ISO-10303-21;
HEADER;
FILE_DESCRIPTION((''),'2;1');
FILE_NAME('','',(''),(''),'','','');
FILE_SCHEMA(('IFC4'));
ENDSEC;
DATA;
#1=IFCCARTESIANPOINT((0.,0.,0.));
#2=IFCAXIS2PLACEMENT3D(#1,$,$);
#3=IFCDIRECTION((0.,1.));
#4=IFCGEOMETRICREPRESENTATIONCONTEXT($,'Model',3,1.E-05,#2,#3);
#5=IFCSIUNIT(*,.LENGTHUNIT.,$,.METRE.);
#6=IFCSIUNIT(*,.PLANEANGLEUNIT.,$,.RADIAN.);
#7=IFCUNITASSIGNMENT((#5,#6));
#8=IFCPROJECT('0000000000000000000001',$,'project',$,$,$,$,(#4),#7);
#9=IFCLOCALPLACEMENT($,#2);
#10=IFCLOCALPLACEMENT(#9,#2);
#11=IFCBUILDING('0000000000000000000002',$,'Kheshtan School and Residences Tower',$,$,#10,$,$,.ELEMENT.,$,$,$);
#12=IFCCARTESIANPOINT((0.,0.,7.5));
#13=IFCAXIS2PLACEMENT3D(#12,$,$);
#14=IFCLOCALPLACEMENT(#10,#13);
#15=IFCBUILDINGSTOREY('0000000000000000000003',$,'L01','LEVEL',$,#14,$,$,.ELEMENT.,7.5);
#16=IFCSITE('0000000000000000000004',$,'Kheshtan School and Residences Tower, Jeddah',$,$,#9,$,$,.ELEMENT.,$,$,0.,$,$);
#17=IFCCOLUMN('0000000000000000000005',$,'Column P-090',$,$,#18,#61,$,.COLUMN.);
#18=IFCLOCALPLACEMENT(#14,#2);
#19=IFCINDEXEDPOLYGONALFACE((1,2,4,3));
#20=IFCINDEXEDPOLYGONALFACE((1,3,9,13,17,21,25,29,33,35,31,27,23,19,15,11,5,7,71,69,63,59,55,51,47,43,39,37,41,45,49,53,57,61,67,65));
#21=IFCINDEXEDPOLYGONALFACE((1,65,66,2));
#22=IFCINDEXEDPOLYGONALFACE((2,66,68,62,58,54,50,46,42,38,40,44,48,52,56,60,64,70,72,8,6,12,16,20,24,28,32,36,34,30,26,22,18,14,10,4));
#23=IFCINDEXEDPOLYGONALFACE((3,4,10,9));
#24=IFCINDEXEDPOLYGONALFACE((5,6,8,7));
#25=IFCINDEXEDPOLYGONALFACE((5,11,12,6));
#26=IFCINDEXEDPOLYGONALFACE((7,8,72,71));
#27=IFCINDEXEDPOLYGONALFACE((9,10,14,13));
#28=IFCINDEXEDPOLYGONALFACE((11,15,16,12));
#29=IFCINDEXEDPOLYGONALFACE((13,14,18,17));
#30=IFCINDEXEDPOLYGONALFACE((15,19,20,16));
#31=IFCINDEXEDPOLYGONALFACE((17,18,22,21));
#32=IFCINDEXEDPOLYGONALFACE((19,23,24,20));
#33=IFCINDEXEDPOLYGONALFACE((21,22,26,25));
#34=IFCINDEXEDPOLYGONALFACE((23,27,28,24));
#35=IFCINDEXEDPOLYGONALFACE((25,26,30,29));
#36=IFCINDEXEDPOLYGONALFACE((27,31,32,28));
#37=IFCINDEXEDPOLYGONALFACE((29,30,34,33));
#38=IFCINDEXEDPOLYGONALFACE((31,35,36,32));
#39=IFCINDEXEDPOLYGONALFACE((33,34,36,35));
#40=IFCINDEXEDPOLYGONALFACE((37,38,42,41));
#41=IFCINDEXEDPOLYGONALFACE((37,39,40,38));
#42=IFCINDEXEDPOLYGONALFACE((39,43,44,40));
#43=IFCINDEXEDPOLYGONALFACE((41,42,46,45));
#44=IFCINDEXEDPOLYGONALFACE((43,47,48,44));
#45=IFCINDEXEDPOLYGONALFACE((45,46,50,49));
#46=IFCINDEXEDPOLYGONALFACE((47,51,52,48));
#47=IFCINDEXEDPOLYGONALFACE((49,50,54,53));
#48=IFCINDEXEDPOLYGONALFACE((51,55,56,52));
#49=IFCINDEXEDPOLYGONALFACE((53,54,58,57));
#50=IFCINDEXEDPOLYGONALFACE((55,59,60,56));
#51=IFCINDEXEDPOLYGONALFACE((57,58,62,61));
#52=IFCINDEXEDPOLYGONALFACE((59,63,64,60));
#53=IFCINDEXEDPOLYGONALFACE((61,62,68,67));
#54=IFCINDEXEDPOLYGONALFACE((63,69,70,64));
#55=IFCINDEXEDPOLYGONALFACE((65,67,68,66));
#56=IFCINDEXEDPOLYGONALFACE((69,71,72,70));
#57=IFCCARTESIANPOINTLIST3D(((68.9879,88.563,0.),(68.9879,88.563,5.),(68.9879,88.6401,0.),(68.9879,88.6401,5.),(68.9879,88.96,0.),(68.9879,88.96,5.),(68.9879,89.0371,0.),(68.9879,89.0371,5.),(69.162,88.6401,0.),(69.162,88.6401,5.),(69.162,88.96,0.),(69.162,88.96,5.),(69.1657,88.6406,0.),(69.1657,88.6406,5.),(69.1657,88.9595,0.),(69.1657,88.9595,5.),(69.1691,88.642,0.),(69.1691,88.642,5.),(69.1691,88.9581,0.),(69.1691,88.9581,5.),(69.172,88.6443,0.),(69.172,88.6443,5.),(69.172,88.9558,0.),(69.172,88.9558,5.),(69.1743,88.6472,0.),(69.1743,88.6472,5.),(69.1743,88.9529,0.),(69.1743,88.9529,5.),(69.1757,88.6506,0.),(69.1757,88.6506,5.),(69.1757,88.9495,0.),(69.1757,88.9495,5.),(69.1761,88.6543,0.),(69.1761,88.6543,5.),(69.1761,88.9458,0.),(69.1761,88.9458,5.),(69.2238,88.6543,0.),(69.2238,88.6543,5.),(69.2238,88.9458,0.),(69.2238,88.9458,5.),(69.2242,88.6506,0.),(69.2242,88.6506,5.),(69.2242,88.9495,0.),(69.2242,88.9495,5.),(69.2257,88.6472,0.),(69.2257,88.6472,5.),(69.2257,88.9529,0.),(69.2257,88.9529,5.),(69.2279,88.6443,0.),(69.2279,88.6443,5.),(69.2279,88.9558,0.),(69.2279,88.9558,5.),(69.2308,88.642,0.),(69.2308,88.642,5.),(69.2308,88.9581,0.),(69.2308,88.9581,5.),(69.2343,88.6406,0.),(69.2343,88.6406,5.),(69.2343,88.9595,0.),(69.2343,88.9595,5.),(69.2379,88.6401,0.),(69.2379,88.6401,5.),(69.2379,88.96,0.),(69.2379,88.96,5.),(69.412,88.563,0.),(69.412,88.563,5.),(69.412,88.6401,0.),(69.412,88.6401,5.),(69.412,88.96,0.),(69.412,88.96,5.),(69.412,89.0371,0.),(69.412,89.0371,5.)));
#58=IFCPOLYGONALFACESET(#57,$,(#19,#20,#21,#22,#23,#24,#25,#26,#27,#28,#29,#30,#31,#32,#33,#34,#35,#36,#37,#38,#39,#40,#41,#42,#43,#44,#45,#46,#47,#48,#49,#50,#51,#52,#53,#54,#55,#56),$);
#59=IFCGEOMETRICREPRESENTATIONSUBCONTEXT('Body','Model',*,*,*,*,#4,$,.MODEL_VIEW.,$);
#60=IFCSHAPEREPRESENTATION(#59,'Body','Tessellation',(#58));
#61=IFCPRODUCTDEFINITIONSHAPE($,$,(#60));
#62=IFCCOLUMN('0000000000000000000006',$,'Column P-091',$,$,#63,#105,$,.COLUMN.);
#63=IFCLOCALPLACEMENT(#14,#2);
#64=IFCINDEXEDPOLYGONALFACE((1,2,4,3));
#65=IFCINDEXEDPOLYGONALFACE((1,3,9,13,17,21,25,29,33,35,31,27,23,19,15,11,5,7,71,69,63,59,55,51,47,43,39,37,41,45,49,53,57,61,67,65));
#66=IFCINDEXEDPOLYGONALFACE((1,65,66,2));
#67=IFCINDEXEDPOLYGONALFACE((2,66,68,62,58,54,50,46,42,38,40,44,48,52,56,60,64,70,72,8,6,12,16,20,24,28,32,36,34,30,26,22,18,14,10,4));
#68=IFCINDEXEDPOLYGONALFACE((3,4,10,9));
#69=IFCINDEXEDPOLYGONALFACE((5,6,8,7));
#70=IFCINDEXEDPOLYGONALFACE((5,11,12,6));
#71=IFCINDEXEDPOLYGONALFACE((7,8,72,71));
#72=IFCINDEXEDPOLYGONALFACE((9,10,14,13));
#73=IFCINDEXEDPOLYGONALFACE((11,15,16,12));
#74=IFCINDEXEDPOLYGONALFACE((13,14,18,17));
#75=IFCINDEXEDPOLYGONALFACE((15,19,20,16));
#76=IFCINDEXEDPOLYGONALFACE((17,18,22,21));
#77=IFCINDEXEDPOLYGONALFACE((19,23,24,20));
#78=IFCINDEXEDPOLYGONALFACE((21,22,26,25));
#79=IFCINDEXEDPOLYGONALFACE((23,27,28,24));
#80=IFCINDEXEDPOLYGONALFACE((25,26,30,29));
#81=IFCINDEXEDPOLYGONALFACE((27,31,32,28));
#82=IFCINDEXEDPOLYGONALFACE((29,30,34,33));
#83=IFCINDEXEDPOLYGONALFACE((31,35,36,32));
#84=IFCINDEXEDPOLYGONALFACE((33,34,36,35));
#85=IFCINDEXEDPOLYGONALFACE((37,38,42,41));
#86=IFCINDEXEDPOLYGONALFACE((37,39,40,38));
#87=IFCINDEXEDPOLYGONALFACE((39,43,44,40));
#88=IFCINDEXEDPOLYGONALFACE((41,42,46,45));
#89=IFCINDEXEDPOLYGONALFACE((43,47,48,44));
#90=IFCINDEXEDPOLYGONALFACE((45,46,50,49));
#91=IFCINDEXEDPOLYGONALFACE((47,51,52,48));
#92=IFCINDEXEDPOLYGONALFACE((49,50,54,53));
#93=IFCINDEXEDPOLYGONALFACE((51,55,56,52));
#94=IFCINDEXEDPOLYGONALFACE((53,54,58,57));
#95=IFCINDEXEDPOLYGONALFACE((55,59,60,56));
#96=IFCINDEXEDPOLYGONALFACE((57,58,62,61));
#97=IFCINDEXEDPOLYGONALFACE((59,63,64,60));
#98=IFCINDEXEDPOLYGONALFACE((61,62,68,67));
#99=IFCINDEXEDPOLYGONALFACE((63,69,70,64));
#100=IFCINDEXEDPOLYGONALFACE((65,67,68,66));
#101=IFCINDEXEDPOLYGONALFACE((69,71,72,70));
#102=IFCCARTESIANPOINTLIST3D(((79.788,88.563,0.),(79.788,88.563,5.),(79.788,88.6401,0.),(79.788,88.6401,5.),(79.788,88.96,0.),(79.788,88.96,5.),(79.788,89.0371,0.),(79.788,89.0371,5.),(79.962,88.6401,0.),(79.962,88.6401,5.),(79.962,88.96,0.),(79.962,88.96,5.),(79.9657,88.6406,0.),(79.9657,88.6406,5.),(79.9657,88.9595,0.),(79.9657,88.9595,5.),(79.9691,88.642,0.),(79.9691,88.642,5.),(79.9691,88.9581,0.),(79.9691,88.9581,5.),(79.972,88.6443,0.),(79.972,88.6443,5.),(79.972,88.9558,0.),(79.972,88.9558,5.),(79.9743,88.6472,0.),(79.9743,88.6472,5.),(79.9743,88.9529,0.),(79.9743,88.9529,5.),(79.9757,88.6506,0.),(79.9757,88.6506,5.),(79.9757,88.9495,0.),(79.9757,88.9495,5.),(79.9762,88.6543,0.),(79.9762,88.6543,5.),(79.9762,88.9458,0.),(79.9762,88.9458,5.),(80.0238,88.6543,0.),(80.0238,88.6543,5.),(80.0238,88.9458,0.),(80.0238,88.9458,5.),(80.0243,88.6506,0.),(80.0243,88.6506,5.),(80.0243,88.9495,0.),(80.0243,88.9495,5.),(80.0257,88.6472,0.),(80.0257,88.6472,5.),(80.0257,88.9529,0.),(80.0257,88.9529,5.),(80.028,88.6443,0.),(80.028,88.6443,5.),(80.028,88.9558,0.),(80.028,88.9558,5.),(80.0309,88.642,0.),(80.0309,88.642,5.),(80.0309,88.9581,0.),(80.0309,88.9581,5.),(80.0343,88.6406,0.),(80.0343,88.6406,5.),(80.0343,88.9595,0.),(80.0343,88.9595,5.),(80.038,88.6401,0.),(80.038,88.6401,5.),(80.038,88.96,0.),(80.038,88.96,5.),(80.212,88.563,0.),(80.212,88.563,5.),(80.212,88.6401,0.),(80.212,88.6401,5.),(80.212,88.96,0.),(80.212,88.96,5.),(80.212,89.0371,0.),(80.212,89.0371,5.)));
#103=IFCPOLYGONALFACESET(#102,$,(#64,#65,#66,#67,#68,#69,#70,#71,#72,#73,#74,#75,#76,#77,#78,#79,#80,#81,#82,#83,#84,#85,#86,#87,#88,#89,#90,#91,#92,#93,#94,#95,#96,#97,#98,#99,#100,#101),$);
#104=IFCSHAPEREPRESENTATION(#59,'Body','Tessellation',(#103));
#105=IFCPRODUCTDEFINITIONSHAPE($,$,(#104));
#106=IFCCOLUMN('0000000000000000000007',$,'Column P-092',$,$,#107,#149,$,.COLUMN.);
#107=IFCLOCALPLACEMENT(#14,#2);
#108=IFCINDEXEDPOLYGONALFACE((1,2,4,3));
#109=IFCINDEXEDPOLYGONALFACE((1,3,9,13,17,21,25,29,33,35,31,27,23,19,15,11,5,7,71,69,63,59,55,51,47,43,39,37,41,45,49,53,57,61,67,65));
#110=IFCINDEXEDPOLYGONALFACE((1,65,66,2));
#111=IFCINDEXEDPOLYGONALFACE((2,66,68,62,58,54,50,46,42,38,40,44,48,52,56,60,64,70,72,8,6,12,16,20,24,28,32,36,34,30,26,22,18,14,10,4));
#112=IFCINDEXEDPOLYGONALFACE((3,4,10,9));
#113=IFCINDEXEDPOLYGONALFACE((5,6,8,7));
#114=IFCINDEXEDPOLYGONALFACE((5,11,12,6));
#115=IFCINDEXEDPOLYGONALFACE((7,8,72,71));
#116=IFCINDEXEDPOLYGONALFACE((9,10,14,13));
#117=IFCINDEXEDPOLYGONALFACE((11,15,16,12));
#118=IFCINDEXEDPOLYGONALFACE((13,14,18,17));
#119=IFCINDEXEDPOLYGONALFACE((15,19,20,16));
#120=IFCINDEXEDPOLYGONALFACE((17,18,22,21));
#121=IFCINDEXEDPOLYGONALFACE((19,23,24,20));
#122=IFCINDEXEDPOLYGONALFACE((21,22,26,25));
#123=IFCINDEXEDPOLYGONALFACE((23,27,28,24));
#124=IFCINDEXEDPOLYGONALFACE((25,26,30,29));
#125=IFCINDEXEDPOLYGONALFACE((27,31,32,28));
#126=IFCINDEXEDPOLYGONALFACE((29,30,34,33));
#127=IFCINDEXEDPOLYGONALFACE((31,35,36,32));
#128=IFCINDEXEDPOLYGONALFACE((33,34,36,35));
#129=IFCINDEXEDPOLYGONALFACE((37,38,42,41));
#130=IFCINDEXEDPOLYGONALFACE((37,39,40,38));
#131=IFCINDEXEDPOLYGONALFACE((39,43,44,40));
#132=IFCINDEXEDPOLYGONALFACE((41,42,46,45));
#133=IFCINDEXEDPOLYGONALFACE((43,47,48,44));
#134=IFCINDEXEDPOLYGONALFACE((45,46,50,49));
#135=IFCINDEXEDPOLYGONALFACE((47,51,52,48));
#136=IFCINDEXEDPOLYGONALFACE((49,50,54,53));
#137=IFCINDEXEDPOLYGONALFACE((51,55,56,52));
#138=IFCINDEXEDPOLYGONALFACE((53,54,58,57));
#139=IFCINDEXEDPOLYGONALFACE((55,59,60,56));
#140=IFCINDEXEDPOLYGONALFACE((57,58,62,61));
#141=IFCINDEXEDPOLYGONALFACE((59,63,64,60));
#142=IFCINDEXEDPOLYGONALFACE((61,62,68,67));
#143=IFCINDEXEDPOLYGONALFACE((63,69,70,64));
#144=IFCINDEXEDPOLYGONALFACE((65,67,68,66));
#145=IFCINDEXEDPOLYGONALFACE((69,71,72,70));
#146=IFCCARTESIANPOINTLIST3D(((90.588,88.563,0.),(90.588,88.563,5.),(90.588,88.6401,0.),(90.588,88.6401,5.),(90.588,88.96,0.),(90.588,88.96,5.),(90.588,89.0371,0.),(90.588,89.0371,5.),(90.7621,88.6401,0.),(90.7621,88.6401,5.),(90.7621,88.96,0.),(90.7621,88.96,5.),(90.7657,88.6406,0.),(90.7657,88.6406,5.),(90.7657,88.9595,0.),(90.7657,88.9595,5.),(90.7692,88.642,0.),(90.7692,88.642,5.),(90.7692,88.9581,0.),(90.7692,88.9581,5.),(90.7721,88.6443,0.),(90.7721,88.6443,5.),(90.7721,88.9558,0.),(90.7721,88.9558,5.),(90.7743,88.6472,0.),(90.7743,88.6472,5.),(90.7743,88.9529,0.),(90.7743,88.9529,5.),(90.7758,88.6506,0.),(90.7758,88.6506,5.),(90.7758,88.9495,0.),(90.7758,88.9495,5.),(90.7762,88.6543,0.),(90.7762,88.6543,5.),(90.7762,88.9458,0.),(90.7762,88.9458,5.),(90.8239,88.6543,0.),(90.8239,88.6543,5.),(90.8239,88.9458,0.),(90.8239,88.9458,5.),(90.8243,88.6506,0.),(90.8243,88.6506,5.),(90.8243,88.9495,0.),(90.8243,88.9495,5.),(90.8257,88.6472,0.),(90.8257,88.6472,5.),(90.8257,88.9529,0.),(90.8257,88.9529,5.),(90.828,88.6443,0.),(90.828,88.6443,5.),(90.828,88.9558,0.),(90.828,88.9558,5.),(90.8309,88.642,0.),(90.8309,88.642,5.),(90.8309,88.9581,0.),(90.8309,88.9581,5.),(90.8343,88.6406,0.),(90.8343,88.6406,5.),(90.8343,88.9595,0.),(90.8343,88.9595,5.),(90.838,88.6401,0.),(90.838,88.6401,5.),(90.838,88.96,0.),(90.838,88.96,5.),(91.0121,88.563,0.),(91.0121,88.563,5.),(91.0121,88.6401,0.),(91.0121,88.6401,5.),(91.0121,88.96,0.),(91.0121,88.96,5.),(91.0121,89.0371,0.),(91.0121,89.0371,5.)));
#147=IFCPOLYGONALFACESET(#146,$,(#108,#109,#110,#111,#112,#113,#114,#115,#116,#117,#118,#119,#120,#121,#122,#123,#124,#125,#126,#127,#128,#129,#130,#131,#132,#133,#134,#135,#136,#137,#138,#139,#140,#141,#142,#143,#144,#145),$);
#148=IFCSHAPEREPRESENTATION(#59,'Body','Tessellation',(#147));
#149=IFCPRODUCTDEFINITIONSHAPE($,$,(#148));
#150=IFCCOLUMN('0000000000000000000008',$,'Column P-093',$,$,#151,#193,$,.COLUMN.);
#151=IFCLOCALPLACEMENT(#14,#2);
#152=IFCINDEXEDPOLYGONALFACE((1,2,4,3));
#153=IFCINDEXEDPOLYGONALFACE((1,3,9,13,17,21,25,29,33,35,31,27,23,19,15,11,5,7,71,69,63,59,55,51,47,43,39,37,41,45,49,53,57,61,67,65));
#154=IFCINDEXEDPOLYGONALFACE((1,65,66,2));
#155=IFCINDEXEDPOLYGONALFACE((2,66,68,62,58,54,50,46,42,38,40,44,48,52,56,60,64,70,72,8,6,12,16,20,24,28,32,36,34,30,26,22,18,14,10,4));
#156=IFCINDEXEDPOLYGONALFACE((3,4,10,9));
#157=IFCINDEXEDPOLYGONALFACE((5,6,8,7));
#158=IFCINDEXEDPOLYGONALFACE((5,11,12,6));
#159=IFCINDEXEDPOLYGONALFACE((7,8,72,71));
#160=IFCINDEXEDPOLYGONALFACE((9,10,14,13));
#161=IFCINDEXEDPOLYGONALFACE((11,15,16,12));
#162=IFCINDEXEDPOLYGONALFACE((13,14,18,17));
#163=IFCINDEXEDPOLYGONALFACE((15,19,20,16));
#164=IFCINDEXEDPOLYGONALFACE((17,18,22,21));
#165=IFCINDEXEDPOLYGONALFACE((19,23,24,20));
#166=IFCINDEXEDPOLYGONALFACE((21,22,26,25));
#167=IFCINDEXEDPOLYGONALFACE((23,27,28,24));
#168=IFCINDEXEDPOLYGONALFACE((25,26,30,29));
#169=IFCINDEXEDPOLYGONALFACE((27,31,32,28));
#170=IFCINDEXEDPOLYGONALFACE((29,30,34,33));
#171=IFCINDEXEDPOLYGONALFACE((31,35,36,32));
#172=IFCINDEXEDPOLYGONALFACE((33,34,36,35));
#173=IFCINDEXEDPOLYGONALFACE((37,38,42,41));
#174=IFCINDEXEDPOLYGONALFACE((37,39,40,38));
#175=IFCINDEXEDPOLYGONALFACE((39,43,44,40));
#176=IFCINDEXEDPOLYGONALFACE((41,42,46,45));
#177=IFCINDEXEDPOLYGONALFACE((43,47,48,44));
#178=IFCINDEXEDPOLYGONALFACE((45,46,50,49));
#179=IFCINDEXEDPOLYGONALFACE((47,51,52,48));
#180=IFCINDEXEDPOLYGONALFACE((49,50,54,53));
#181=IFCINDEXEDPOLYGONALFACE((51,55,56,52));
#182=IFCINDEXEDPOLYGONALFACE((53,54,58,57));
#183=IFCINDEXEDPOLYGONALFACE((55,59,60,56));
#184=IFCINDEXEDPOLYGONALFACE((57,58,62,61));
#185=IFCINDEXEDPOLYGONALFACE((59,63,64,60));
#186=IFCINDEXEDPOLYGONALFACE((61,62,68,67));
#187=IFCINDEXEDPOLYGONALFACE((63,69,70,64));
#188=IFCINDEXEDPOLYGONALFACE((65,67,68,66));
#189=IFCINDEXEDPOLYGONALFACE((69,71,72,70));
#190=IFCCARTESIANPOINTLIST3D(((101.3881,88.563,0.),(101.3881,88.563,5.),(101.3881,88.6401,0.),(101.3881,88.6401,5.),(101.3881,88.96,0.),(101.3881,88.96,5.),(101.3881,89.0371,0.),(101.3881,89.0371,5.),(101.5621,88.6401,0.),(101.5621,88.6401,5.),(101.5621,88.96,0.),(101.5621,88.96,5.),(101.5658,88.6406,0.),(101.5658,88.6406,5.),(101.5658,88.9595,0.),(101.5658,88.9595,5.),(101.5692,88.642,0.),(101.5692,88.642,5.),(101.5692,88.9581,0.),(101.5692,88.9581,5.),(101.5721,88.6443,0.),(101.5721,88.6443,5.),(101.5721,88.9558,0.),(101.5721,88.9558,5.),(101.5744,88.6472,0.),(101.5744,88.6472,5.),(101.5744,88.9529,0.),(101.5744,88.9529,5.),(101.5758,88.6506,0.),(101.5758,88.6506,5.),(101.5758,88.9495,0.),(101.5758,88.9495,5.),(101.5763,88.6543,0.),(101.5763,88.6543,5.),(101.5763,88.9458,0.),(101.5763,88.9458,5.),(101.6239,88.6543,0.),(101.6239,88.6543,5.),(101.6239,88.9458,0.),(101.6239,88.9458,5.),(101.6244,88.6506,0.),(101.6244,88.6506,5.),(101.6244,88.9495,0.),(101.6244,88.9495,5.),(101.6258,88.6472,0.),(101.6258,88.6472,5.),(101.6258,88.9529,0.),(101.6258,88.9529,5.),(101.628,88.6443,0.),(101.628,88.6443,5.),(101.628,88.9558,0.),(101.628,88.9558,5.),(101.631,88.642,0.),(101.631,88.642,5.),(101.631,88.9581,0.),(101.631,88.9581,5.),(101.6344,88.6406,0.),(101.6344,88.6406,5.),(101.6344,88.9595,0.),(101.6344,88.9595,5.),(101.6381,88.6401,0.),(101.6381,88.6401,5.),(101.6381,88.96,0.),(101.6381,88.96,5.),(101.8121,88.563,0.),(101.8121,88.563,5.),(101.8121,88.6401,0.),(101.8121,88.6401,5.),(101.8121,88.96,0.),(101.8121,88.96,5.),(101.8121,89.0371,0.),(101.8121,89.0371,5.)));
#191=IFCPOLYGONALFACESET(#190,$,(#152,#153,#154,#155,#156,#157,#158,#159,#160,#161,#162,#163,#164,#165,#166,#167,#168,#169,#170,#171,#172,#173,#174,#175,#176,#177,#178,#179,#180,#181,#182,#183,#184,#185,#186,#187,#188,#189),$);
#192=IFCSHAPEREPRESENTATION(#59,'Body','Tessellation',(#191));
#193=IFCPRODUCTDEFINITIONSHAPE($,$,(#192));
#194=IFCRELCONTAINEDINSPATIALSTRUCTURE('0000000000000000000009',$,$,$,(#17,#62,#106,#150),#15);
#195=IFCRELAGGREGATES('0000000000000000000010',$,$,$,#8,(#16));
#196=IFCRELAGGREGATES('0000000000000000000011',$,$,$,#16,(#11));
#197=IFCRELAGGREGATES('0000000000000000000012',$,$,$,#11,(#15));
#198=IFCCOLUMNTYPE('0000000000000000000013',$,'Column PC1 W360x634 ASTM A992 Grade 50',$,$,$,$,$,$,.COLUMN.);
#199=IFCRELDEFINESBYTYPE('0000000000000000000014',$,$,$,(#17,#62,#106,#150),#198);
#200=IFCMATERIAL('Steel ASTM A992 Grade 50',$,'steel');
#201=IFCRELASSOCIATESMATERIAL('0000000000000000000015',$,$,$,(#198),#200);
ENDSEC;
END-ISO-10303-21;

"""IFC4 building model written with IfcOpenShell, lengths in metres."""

from ifc_helpers import new_model, si_unit, direction, frame, origin, origin_2d, place, context, subcontext, project, spatial, i_section, extrude, material, material_profile, profile_set, type_object, element, save


model = new_model("IFC4")

# Units and contexts
model_context = context("Model", 3, precision=1e-05, world=origin(), true_north=direction((0.0, 1.0)))
body_context = subcontext(model_context, "Body", "Model", "MODEL_VIEW")
ifc_project = project(units=[si_unit("LENGTHUNIT", "METRE"), si_unit("PLANEANGLEUNIT", "RADIAN")], contexts=[model_context])

# Site, building, storey
site_placement = place(None, origin())
site = spatial("IfcSite", under=ifc_project, at=site_placement, Name="Kheshtan School and Residences Tower, Jeddah", CompositionType="ELEMENT", RefElevation=0.0)
building_placement = place(site_placement, origin())
building = spatial("IfcBuilding", under=site, at=building_placement, Name="Kheshtan School and Residences Tower", CompositionType="ELEMENT")
storey_placement = place(building_placement, frame((0.0, 0.0, 7.5)))
storey = spatial("IfcBuildingStorey", under=building, at=storey_placement, Name="L01", Description="LEVEL", CompositionType="ELEMENT", Elevation=7.5)

# Columns
ifc_material_1 = material(Name="Steel ASTM A992 Grade 50", Category="steel")
ifc_material_profile_1 = material_profile(ifc_material_1, i_section(OverallWidth=0.4241, OverallDepth=0.4741, WebThickness=0.0476, FlangeThickness=0.0771, FilletRadius=0.0142, at=origin_2d()), Name="W360x634")
ifc_profile_set_1 = profile_set([ifc_material_profile_1], Name="Steel ASTM A992 Grade 50")
column_type = type_object("IfcColumnType", Name="Column PC1 W360x634 ASTM A992 Grade 50", PredefinedType="COLUMN", material=ifc_profile_set_1)
for number, where, z_axis, x_axis, name in (
    (1, (69.2, 88.8, 0.0), (0.0, 0.0, 1.0), (1.0, 0.0, 0.0), "Column P-090"),
    (2, (80.0, 88.8, 0.0), (0.0, 0.0, 1.0), (1.0, 0.0, 0.0), "Column P-091"),
    (3, (90.8, 88.8, 0.0), (0.0, 0.0, 1.0), (1.0, 0.0, 0.0), "Column P-092"),
    (4, (101.6001, 88.8, 0.0), (0.0, 0.0, 1.0), (1.0, 0.0, 0.0), "Column P-093"),
):
    element("IfcColumn", number, at=place(storey_placement, frame(where, z_axis=z_axis, x_axis=x_axis)), inside=storey, type_object=column_type, Name=name, PredefinedType="COLUMN", context=body_context, shape_type="SweptSolid", body=[
        extrude(i_section(OverallWidth=0.4241, OverallDepth=0.4741, WebThickness=0.0476, FlangeThickness=0.0771, FilletRadius=0.0142, at=origin_2d()), origin(), (0.0, 0.0, 1.0), 5.0),
    ])

save(model, "model.ifc")
